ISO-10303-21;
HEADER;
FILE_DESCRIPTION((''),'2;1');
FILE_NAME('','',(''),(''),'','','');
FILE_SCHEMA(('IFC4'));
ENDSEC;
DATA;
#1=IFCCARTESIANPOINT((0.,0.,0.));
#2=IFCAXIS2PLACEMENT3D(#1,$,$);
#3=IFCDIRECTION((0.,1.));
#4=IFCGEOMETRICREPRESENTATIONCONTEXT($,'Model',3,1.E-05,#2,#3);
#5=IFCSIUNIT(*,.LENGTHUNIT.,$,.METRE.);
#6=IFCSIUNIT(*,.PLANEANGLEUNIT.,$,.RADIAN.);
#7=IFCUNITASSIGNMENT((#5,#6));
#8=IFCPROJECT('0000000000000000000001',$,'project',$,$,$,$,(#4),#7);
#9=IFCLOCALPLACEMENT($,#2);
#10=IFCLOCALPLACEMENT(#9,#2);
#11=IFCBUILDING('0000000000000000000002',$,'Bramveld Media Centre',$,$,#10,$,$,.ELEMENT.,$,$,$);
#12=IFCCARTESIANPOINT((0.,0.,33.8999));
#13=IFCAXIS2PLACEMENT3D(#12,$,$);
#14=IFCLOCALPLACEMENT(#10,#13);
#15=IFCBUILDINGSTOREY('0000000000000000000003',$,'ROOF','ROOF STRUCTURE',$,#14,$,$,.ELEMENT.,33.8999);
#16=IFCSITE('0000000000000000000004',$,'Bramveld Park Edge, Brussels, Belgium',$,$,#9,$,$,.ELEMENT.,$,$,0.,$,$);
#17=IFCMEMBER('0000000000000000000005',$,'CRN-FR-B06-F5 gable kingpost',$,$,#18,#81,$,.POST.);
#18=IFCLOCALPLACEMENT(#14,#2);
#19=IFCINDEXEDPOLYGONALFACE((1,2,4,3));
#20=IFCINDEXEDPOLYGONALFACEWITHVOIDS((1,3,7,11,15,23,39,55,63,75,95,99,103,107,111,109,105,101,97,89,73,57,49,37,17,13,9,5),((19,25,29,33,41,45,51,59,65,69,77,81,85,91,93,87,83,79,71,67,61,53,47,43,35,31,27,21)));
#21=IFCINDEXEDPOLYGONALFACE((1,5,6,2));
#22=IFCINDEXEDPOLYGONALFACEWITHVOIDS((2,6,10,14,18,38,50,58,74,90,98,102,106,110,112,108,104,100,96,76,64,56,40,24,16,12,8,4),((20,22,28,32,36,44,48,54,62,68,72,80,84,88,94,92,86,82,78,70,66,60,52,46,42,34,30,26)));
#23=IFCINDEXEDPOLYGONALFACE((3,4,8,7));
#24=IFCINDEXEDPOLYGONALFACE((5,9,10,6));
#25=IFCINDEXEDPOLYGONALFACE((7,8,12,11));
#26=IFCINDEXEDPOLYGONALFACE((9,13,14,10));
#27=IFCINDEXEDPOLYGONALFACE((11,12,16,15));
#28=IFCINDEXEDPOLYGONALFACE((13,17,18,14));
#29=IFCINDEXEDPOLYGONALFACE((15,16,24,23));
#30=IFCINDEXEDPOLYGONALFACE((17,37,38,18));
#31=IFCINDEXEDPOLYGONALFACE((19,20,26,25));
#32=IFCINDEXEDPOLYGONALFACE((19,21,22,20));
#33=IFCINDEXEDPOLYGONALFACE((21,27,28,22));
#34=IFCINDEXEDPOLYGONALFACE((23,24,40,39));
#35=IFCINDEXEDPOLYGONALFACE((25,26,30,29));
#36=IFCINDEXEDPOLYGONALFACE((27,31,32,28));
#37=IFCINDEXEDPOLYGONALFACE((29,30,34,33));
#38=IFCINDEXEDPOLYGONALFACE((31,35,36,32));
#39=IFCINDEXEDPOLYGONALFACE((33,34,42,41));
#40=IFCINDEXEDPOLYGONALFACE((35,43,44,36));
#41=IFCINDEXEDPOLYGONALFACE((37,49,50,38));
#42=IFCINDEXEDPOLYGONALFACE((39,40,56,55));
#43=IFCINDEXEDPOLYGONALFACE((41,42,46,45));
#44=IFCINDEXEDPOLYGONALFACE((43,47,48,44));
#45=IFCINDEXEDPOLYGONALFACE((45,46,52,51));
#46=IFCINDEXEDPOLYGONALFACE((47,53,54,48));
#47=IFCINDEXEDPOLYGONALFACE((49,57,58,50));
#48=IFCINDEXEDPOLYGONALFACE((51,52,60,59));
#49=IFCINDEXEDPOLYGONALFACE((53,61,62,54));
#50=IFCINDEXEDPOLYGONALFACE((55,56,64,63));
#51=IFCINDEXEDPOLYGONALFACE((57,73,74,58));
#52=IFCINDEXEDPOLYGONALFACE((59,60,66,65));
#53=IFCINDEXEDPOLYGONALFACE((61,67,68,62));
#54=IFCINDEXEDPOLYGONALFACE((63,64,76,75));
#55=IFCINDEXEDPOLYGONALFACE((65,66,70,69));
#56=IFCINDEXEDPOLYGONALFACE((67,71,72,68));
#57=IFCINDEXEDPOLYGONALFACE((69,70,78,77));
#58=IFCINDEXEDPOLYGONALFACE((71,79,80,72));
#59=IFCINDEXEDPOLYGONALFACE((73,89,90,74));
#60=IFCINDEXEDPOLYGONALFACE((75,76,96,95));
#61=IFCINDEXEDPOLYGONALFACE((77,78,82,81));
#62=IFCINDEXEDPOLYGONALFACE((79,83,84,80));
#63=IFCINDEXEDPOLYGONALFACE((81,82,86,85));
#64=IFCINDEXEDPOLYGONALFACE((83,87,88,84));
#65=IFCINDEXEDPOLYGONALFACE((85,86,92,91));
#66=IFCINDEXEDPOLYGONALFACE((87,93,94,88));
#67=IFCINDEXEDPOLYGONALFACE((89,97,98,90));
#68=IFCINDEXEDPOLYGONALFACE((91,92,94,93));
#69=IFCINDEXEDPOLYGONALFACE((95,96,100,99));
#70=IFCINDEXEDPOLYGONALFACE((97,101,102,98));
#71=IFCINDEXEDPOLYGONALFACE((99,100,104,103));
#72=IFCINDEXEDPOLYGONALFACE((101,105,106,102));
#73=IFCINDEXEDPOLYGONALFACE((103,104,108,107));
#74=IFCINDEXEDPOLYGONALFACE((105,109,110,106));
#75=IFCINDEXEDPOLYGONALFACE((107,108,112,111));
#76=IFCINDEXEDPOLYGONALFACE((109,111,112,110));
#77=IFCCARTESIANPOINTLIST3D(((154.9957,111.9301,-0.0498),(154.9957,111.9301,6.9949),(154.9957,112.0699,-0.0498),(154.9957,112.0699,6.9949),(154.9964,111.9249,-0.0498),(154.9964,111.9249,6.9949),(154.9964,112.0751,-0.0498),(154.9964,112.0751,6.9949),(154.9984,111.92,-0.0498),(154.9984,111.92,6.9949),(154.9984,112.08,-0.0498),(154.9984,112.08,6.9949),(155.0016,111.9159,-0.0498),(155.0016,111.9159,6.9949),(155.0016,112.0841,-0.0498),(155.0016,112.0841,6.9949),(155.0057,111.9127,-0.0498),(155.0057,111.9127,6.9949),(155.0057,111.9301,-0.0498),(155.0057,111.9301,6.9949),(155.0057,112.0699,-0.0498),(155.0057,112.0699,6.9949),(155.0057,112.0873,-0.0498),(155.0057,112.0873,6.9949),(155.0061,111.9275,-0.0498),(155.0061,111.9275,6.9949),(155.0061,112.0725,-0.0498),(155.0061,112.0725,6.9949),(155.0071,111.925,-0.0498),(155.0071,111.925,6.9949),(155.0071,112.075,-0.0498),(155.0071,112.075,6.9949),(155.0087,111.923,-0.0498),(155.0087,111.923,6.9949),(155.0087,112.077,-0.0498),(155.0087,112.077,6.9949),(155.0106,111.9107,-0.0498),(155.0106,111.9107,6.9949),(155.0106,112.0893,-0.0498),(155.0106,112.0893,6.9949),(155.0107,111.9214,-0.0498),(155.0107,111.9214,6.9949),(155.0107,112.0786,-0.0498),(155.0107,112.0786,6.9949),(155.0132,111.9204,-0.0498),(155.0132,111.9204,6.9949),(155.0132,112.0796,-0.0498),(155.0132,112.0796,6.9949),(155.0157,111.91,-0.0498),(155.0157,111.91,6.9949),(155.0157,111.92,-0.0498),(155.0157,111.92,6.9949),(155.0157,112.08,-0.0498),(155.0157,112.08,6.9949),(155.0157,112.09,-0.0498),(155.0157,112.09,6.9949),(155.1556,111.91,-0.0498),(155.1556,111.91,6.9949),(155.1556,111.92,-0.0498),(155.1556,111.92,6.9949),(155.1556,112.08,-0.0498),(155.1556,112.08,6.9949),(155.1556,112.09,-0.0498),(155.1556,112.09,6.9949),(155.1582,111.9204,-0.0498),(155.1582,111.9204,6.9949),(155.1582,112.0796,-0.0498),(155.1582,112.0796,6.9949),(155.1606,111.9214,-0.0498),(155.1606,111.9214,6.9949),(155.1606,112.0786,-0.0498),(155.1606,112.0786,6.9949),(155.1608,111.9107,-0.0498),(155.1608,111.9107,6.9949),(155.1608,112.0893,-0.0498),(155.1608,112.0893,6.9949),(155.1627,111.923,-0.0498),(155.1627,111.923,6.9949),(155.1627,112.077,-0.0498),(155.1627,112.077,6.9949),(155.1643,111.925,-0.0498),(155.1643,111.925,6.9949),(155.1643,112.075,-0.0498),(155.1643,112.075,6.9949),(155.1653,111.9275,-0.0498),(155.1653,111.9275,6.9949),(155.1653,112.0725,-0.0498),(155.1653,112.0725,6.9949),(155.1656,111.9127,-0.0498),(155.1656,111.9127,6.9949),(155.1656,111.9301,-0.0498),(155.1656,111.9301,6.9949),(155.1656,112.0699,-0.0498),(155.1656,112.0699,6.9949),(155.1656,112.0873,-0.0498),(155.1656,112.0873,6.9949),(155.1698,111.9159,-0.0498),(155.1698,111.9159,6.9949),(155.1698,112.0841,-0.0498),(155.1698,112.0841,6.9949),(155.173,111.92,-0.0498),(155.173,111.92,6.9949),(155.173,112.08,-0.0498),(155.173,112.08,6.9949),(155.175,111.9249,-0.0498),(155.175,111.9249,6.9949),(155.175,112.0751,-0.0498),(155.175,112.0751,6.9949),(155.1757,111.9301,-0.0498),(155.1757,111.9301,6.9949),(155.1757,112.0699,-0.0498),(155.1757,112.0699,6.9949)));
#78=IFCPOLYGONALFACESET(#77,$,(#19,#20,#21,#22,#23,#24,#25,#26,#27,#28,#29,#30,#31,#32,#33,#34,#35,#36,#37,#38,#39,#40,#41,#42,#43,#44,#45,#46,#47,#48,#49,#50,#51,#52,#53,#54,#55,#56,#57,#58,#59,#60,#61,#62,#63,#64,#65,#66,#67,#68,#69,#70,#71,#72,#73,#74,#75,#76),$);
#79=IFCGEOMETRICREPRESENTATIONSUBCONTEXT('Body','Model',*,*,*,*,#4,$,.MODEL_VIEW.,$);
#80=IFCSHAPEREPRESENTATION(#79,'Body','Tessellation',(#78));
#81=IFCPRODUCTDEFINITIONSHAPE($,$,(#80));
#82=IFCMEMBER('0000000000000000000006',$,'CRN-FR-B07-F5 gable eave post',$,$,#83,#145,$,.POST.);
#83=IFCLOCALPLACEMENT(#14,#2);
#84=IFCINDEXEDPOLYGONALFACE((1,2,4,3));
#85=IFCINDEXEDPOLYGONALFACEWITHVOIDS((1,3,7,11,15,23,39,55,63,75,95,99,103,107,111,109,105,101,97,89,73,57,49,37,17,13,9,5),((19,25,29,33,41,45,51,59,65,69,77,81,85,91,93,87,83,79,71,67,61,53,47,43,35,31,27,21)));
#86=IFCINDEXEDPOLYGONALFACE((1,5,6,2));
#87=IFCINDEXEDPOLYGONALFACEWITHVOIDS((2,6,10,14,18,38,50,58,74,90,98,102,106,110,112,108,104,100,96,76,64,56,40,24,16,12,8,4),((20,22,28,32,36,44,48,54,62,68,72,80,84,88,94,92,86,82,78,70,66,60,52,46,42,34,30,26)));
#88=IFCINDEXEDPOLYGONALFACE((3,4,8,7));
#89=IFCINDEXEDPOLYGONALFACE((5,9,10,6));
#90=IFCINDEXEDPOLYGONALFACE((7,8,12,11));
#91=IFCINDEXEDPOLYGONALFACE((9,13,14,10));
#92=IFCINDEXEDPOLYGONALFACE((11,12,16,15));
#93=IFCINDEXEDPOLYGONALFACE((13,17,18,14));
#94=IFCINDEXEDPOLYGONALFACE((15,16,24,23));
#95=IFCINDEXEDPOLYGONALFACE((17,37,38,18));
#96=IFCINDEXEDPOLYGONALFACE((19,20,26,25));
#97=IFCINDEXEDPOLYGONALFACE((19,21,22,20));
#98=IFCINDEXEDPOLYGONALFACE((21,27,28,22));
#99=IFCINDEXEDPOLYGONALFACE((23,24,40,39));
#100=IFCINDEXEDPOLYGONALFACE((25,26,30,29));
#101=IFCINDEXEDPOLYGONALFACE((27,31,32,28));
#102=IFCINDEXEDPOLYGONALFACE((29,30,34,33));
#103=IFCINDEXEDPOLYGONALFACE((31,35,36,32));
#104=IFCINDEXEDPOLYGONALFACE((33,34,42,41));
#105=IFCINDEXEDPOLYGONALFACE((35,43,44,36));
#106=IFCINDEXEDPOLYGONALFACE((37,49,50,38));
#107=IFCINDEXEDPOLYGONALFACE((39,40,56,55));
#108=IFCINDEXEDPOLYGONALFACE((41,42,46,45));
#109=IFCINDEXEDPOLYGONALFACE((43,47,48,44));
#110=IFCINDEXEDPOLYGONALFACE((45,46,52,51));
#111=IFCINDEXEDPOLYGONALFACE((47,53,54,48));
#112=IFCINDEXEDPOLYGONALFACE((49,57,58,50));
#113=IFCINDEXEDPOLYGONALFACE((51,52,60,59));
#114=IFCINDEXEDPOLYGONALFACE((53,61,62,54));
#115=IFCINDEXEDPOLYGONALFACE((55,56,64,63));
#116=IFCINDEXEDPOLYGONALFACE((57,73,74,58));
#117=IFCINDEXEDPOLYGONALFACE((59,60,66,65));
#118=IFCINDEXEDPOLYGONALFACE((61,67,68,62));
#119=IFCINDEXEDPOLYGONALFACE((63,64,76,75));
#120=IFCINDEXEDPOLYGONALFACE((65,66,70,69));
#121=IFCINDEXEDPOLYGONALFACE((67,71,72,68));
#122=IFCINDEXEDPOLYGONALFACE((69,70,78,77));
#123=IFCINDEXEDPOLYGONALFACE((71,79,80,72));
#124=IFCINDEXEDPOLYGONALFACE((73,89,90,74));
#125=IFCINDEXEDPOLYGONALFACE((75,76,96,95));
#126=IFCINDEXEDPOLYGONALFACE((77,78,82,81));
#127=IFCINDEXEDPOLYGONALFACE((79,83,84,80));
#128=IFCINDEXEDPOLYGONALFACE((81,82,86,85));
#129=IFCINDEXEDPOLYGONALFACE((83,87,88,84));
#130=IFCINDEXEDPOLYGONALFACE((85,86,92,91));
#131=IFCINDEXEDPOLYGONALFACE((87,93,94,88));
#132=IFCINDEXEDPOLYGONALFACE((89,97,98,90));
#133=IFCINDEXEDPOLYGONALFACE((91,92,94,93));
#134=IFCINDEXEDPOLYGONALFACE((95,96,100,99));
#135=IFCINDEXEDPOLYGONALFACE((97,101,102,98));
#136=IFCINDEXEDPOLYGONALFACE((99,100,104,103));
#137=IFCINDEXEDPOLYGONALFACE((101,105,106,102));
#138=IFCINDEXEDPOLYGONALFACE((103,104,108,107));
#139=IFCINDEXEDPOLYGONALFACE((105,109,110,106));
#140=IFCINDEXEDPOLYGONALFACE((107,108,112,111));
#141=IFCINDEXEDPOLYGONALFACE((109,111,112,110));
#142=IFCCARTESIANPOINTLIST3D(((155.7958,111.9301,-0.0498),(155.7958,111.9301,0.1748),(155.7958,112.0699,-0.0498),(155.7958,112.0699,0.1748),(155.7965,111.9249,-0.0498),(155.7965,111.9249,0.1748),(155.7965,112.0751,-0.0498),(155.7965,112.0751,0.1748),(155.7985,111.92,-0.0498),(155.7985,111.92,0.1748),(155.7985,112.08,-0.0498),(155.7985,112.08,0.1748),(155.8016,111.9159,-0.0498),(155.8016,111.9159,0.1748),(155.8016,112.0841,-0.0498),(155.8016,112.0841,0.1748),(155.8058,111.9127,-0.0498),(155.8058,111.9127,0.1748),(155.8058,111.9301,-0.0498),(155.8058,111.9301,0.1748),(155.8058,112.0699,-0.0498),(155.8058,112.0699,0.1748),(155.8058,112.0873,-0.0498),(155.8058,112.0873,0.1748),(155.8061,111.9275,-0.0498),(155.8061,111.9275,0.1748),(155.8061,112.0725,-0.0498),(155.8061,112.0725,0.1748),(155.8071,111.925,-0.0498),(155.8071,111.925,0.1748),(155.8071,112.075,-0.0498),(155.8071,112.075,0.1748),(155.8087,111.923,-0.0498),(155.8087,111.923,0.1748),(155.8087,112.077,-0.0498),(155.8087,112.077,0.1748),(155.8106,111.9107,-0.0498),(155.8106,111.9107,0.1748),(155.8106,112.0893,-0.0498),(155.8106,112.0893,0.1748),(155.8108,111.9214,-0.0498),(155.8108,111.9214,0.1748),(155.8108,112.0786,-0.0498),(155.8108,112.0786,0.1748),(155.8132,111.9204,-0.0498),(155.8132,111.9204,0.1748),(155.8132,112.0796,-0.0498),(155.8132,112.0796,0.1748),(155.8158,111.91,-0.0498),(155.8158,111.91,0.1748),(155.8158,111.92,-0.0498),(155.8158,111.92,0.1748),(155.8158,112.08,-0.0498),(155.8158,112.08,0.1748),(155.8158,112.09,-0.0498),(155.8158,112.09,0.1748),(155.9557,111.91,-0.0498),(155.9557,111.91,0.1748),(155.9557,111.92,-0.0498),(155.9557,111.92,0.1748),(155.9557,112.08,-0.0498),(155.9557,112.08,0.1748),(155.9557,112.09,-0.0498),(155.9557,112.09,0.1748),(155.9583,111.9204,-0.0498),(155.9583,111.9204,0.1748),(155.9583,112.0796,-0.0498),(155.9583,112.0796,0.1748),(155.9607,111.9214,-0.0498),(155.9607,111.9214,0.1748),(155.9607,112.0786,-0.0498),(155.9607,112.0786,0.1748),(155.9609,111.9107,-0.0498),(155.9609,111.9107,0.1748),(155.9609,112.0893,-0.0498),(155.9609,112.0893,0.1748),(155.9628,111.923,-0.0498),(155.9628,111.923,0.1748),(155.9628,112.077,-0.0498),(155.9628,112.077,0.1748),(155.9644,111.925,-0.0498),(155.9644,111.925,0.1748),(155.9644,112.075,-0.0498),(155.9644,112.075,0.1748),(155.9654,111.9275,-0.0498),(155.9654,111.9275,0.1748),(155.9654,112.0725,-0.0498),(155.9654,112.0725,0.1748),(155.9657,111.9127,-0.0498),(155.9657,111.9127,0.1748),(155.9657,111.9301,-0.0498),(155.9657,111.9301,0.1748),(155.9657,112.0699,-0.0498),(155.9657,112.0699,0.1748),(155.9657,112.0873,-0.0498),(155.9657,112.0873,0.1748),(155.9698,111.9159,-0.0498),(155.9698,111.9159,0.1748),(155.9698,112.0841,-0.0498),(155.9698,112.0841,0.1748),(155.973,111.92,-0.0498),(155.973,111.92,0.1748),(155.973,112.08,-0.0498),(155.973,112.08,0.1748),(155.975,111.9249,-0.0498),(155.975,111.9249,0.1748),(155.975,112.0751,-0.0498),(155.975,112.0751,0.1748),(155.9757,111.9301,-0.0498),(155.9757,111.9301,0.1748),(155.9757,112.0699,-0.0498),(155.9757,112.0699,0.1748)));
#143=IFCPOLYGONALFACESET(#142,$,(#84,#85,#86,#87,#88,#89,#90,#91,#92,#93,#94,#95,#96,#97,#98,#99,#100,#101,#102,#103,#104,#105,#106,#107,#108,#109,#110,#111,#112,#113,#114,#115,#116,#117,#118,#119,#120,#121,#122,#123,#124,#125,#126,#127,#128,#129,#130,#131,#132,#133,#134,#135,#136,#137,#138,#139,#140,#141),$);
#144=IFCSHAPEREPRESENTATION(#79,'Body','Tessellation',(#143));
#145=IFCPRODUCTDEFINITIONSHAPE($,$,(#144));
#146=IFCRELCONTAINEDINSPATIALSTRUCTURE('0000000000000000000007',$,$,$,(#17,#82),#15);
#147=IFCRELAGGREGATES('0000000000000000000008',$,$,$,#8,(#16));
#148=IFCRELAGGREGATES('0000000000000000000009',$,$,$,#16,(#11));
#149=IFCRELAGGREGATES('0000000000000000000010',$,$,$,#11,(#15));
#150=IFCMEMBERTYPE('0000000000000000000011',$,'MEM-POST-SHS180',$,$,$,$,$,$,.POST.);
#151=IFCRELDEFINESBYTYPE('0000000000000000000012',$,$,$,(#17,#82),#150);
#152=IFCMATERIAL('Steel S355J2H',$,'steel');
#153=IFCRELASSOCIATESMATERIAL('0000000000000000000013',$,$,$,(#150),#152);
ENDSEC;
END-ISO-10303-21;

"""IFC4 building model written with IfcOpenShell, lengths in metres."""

from ifc_helpers import new_model, si_unit, direction, frame, origin, origin_2d, place, context, subcontext, project, spatial, hollow_rectangle, extrude, material, material_profile, profile_set, type_object, element, save


model = new_model("IFC4")

# Units and contexts
model_context = context("Model", 3, precision=1e-05, world=origin(), true_north=direction((0.0, 1.0)))
body_context = subcontext(model_context, "Body", "Model", "MODEL_VIEW")
ifc_project = project(units=[si_unit("LENGTHUNIT", "METRE"), si_unit("PLANEANGLEUNIT", "RADIAN")], contexts=[model_context])

# Site, building, storey
site_placement = place(None, origin())
site = spatial("IfcSite", under=ifc_project, at=site_placement, Name="Bramveld Park Edge, Brussels, Belgium", CompositionType="ELEMENT", RefElevation=0.0)
building_placement = place(site_placement, origin())
building = spatial("IfcBuilding", under=site, at=building_placement, Name="Bramveld Media Centre", CompositionType="ELEMENT")
storey_placement = place(building_placement, frame((0.0, 0.0, 33.8999)))
storey = spatial("IfcBuildingStorey", under=building, at=storey_placement, Name="ROOF", Description="ROOF STRUCTURE", CompositionType="ELEMENT", Elevation=33.8999)

# Members
ifc_material_1 = material(Name="Steel S355J2H", Category="steel")
ifc_material_profile_1 = material_profile(ifc_material_1, hollow_rectangle(XDim=0.1799, YDim=0.1799, WallThickness=0.01, InnerFilletRadius=0.01, OuterFilletRadius=0.02, at=origin_2d()), Name="SHS 180x180x10")
ifc_profile_set_1 = profile_set([ifc_material_profile_1], Name="Steel S355J2H")
member_type_1 = type_object("IfcMemberType", Name="MEM-POST-SHS180", PredefinedType="POST", material=ifc_profile_set_1)
member_1_placement = place(storey_placement, frame((155.0857, 112.0, -0.0498), z_axis=(0.0, 0.0, 1.0), x_axis=(1.0, 0.0, 0.0)))
element("IfcMember", 1, at=member_1_placement, inside=storey, type_object=member_type_1, Name="CRN-FR-B06-F5 gable kingpost", PredefinedType="POST", context=body_context, shape_type="SweptSolid", body=[
    extrude(hollow_rectangle(XDim=0.1799, YDim=0.1799, WallThickness=0.01, InnerFilletRadius=0.01, OuterFilletRadius=0.02, at=origin_2d()), origin(), (0.0, 0.0, 1.0), 7.0447),
])
member_2_placement = place(storey_placement, frame((155.8857, 112.0, -0.0498), z_axis=(0.0, 0.0, 1.0), x_axis=(1.0, 0.0, 0.0)))
element("IfcMember", 2, at=member_2_placement, inside=storey, type_object=member_type_1, Name="CRN-FR-B07-F5 gable eave post", PredefinedType="POST", context=body_context, shape_type="SweptSolid", body=[
    extrude(hollow_rectangle(XDim=0.1799, YDim=0.1799, WallThickness=0.01, InnerFilletRadius=0.01, OuterFilletRadius=0.02, at=origin_2d()), origin(), (0.0, 0.0, 1.0), 0.2246),
])

save(model, "model.ifc")
